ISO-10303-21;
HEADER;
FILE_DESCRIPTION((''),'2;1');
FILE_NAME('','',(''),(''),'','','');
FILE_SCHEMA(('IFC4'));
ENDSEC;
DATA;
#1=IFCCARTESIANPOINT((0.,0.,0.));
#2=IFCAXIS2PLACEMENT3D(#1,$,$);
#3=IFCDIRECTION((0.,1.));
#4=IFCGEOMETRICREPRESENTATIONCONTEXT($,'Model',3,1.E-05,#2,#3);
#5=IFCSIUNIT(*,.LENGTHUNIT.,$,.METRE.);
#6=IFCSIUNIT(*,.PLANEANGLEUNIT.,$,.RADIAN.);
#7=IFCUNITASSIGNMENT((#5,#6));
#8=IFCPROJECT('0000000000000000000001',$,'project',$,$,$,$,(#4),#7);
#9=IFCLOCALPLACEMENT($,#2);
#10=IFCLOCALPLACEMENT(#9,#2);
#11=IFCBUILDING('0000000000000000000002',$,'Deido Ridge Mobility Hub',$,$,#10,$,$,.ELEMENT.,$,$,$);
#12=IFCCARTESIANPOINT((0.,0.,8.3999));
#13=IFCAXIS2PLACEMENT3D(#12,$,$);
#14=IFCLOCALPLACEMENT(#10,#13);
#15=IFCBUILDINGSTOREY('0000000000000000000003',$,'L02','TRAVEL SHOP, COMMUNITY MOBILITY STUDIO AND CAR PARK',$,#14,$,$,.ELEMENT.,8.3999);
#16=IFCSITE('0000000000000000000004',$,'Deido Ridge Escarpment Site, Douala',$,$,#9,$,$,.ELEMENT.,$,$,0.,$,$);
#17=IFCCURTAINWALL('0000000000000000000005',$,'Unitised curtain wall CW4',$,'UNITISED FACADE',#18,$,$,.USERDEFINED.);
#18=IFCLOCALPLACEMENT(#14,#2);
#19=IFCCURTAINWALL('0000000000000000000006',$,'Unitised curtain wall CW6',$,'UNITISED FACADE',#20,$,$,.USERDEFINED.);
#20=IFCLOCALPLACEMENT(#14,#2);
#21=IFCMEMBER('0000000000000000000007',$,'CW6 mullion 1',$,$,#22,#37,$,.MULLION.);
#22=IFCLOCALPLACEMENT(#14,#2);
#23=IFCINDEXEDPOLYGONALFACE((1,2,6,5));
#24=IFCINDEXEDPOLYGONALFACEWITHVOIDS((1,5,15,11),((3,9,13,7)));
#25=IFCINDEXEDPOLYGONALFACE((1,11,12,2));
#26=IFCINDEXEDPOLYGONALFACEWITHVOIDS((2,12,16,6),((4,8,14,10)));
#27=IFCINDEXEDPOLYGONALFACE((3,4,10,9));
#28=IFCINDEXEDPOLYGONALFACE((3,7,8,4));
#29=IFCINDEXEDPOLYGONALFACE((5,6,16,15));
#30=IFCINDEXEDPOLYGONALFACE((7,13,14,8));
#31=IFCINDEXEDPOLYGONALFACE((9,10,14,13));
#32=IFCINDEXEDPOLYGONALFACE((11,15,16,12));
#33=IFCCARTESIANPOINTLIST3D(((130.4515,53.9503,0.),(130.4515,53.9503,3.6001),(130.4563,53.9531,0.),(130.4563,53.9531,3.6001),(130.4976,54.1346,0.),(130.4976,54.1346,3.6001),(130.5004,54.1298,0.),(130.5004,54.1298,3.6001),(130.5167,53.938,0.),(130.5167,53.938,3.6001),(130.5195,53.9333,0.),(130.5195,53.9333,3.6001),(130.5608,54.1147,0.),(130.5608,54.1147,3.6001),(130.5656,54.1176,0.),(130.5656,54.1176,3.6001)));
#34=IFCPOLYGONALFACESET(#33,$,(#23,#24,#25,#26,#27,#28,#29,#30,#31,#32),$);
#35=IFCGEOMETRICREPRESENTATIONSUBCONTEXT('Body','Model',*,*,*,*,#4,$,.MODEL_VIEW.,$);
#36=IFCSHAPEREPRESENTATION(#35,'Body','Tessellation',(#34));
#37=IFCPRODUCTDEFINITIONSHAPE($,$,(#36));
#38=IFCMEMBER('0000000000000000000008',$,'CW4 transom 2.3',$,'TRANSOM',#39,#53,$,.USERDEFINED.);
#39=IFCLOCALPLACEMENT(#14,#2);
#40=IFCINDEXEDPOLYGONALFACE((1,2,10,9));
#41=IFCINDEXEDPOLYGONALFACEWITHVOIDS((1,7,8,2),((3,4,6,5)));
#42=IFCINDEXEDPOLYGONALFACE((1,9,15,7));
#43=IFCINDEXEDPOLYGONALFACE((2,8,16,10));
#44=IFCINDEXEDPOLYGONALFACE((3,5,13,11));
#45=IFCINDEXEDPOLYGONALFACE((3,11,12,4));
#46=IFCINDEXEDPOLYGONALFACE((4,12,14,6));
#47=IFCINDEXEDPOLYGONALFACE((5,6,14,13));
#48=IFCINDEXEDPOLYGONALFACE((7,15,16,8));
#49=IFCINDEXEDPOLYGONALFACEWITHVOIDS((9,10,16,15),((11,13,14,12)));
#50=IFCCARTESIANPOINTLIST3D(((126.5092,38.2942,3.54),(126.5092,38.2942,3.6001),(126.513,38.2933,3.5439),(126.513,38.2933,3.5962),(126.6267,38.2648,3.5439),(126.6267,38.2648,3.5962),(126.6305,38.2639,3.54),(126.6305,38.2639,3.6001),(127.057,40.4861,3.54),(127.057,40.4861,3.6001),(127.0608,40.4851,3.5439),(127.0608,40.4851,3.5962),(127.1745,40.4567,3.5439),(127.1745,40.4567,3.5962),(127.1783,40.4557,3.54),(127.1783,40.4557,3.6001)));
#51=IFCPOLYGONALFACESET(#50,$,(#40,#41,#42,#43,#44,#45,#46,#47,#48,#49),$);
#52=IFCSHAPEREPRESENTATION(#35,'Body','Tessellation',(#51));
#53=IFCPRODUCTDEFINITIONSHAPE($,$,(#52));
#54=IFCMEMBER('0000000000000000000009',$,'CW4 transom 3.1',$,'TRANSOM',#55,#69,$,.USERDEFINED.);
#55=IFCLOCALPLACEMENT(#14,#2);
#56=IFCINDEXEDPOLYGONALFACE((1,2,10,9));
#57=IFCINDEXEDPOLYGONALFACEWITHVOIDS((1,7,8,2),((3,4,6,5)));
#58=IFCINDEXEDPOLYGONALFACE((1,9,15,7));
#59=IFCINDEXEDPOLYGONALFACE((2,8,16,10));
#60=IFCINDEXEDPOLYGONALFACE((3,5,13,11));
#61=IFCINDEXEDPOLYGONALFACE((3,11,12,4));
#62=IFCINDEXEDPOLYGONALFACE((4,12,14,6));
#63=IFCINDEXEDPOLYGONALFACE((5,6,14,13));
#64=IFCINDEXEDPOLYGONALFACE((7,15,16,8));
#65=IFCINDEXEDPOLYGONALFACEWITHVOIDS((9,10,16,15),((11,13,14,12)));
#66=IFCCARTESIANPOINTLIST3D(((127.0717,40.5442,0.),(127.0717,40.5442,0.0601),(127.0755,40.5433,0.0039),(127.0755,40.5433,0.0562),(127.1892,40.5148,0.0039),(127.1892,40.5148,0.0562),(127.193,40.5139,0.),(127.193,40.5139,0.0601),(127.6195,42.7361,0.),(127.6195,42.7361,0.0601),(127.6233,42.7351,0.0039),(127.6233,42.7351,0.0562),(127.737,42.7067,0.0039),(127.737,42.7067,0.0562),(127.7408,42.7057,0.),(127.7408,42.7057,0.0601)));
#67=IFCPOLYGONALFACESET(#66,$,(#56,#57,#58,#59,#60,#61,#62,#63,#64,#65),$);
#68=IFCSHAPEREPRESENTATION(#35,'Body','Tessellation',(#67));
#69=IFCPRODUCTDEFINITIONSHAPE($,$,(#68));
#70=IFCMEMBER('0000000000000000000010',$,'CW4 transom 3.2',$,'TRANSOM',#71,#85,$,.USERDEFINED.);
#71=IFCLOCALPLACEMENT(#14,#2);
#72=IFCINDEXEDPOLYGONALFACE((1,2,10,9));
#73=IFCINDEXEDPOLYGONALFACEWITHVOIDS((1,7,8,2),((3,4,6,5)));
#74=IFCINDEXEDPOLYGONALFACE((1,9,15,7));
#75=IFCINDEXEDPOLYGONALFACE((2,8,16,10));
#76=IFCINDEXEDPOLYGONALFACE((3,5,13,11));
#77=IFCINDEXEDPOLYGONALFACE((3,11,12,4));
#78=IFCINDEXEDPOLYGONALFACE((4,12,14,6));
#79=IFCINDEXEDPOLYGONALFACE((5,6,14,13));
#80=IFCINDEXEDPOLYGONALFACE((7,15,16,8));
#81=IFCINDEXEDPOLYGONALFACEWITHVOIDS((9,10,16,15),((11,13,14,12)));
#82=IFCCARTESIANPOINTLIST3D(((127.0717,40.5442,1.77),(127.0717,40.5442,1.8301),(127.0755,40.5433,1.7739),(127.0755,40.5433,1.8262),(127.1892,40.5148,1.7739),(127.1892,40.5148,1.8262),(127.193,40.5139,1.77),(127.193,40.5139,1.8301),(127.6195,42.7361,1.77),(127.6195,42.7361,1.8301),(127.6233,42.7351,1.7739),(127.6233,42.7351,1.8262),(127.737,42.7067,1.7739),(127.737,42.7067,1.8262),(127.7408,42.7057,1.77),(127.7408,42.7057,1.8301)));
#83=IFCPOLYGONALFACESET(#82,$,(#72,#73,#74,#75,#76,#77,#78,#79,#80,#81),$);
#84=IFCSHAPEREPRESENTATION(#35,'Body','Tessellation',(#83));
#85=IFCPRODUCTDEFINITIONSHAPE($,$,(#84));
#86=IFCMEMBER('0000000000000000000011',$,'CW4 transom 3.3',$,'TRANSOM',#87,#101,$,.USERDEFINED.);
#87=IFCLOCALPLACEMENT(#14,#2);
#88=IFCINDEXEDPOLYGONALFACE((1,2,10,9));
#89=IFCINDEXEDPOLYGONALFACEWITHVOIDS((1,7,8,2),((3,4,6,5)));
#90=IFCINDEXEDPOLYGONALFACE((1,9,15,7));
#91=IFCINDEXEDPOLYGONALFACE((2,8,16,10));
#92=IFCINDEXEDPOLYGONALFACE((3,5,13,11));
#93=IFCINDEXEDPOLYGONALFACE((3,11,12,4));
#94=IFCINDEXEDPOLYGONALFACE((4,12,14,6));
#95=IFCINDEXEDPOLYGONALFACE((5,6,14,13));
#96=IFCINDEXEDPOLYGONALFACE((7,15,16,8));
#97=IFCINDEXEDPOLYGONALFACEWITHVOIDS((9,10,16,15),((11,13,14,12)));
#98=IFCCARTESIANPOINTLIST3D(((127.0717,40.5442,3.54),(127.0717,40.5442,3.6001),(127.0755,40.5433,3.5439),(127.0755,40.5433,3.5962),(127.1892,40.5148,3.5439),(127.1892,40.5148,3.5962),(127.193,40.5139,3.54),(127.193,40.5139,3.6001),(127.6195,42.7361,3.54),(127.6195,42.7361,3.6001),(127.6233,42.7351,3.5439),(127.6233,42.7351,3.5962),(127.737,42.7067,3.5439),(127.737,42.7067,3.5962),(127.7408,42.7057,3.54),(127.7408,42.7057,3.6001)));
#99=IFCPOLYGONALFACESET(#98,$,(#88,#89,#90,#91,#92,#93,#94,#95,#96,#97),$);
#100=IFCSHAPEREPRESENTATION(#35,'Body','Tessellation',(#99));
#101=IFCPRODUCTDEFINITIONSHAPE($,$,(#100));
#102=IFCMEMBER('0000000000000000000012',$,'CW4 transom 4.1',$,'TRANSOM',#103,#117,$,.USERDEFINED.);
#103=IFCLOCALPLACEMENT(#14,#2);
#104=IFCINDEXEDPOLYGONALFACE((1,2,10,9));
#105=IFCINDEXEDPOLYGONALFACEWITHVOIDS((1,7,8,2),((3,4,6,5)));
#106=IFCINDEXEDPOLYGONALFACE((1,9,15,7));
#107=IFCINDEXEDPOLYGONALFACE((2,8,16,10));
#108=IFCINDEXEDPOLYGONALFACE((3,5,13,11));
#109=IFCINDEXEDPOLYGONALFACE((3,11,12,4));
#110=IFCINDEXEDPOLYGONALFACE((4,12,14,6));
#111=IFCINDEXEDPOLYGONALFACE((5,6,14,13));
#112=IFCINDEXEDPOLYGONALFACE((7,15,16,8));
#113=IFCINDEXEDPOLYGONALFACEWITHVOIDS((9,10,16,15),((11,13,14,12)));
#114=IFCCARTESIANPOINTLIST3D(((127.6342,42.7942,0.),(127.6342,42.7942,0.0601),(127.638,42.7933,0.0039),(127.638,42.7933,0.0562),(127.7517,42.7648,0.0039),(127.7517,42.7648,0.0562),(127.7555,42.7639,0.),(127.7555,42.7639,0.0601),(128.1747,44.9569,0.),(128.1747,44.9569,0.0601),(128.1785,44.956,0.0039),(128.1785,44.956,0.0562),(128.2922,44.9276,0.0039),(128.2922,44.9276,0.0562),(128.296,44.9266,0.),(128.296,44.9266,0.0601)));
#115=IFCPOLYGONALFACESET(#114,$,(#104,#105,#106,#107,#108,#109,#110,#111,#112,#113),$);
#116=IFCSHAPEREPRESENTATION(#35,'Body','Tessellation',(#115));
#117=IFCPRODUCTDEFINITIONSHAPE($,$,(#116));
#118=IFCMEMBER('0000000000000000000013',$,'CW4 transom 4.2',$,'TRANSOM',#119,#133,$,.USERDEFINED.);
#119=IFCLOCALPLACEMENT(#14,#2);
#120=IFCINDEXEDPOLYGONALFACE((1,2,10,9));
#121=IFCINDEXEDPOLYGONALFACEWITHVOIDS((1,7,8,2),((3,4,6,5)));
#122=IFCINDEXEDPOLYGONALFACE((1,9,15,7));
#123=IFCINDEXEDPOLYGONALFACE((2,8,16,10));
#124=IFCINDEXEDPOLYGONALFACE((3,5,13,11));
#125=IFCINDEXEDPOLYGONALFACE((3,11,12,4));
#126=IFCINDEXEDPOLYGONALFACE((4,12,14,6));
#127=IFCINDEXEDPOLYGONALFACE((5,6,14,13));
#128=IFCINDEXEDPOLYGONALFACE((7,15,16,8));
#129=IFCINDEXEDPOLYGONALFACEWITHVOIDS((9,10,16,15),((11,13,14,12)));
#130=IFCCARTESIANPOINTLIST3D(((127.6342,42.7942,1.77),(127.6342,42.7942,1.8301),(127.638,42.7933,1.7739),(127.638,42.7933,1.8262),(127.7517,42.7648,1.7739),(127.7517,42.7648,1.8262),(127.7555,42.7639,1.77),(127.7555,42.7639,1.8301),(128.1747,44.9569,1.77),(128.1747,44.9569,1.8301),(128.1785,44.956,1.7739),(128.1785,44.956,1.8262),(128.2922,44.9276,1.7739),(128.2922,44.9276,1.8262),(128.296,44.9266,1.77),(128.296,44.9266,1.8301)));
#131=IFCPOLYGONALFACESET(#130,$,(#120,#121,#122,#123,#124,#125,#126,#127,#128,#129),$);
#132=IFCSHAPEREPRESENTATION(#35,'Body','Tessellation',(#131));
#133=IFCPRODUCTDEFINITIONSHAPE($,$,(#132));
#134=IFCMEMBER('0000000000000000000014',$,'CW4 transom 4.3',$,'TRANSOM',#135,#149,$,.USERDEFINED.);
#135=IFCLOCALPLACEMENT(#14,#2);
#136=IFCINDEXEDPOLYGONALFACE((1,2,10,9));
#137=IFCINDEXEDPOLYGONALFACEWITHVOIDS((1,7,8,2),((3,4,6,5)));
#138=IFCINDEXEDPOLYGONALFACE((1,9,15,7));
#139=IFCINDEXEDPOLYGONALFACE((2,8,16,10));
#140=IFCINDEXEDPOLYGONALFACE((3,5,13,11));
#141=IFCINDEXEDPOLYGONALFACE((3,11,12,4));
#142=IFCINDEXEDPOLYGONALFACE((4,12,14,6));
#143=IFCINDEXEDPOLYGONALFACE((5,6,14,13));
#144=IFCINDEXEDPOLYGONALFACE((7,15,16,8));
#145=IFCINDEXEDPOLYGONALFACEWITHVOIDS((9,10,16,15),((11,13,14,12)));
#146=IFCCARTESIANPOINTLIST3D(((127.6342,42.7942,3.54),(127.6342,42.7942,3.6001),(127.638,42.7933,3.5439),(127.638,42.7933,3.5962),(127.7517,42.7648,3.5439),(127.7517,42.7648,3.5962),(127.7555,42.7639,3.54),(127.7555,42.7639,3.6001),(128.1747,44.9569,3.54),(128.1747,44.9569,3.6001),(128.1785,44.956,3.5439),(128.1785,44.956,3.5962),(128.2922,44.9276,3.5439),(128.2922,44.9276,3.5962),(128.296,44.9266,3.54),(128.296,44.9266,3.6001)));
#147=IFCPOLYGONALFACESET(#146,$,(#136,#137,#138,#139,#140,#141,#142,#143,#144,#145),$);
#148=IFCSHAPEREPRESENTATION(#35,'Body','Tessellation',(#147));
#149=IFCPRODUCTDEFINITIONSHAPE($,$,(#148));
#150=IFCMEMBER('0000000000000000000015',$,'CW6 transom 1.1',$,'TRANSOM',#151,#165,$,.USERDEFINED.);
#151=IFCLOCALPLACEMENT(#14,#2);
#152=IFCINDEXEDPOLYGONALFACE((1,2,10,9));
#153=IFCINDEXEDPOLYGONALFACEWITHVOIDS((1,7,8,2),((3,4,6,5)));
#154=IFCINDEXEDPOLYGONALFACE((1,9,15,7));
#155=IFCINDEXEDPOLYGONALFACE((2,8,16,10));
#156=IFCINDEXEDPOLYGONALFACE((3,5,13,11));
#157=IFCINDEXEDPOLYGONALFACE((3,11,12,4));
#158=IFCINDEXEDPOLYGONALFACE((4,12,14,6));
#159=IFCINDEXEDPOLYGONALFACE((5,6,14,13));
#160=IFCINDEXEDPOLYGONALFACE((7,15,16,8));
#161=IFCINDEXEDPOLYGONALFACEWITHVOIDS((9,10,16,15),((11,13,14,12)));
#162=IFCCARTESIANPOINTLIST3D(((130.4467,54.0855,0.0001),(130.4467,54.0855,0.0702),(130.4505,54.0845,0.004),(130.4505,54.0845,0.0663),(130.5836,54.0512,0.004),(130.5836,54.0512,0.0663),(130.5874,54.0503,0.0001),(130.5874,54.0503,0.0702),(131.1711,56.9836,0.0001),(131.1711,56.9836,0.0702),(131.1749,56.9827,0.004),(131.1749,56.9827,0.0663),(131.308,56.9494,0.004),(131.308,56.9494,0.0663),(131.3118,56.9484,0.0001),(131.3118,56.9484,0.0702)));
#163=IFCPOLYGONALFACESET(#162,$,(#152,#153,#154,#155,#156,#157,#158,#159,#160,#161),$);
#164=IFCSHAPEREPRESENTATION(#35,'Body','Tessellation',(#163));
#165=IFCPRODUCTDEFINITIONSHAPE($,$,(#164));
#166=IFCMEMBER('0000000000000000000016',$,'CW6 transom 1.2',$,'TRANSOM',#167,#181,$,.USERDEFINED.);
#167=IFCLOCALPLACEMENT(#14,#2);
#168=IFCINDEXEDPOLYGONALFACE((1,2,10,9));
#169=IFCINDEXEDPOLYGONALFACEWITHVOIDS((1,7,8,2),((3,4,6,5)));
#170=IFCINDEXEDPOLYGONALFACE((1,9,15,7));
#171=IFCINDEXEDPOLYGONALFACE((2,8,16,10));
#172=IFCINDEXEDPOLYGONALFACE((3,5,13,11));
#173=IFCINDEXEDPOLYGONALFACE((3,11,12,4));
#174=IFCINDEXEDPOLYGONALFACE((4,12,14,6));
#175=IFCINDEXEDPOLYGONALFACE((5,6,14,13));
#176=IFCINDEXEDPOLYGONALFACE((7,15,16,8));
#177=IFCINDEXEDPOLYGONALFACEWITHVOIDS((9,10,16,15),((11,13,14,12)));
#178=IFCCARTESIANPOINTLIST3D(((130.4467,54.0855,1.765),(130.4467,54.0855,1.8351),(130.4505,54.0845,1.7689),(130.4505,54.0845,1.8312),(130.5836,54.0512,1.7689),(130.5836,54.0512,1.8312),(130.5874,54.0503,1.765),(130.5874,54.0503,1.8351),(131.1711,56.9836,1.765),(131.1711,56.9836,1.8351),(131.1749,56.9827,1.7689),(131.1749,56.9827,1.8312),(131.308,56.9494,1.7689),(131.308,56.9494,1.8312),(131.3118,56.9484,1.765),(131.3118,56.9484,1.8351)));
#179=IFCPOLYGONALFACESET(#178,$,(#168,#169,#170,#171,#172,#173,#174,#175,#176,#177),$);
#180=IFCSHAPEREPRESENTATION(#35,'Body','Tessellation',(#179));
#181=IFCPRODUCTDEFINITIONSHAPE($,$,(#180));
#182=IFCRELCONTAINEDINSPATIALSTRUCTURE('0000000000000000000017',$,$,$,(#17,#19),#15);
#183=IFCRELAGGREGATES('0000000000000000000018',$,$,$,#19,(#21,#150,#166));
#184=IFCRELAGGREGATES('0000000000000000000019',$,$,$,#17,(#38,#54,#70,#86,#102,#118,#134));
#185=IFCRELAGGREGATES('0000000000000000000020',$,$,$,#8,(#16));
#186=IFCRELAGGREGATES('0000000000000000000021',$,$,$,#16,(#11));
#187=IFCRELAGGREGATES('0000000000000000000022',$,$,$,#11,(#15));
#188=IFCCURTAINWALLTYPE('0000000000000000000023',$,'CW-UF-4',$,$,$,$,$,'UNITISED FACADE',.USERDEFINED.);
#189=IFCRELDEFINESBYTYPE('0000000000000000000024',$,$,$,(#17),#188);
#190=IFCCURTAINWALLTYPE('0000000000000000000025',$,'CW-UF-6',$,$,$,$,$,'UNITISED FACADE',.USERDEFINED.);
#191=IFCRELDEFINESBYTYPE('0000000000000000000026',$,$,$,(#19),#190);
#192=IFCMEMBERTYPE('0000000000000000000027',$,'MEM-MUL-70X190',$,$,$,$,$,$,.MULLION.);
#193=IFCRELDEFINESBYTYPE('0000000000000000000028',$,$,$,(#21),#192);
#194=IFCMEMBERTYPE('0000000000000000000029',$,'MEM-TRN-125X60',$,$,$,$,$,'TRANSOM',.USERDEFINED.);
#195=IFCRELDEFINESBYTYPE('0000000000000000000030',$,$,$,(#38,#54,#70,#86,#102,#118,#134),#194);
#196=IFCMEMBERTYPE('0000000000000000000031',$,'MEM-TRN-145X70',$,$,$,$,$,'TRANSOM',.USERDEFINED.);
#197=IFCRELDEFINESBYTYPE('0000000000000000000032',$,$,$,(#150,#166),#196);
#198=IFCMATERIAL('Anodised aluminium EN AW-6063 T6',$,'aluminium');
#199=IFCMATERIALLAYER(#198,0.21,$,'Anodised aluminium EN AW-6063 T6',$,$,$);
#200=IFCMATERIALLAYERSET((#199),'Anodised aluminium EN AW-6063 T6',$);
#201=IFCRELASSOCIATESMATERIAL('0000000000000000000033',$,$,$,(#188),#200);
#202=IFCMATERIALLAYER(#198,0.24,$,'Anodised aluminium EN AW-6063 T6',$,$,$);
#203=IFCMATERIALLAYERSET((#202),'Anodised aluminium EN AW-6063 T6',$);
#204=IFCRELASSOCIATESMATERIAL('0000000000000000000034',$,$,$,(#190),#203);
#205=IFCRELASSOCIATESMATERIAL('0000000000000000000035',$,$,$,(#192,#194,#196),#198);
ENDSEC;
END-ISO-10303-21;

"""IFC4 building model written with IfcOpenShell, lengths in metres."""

from ifc_helpers import new_model, si_unit, direction, frame, origin, origin_2d, place, context, subcontext, project, spatial, hollow_rectangle, extrude, material, layer, layer_set, material_profile, profile_set, type_object, element, aggregate, save


model = new_model("IFC4")

# Units and contexts
model_context = context("Model", 3, precision=1e-05, world=origin(), true_north=direction((0.0, 1.0)))
body_context = subcontext(model_context, "Body", "Model", "MODEL_VIEW")
ifc_project = project(units=[si_unit("LENGTHUNIT", "METRE"), si_unit("PLANEANGLEUNIT", "RADIAN")], contexts=[model_context])

# Site, building, storey
site_placement = place(None, origin())
site = spatial("IfcSite", under=ifc_project, at=site_placement, Name="Deido Ridge Escarpment Site, Douala", CompositionType="ELEMENT", RefElevation=0.0)
building_placement = place(site_placement, origin())
building = spatial("IfcBuilding", under=site, at=building_placement, Name="Deido Ridge Mobility Hub", CompositionType="ELEMENT")
storey_placement = place(building_placement, frame((0.0, 0.0, 8.3999)))
storey = spatial("IfcBuildingStorey", under=building, at=storey_placement, Name="L02", Description="TRAVEL SHOP, COMMUNITY MOBILITY STUDIO AND CAR PARK", CompositionType="ELEMENT", Elevation=8.3999)

# Curtain wall
ifc_material_1 = material(Name="Anodised aluminium EN AW-6063 T6", Category="aluminium")
ifc_layer_1 = layer(ifc_material_1, 0.21, Name="Anodised aluminium EN AW-6063 T6")
ifc_layer_set_1 = layer_set([ifc_layer_1], Name="Anodised aluminium EN AW-6063 T6")
curtain_wall_type_1 = type_object("IfcCurtainWallType", Name="CW-UF-4", ElementType="UNITISED FACADE", PredefinedType="USERDEFINED", material=ifc_layer_set_1)
curtain_wall_1_placement = place(storey_placement, origin())
curtain_wall_1 = element("IfcCurtainWall", 1, at=curtain_wall_1_placement, inside=storey, type_object=curtain_wall_type_1, Name="Unitised curtain wall CW4", ObjectType="UNITISED FACADE", PredefinedType="USERDEFINED")

# Curtain wall, member
ifc_layer_2 = layer(ifc_material_1, 0.24, Name="Anodised aluminium EN AW-6063 T6")
ifc_layer_set_2 = layer_set([ifc_layer_2], Name="Anodised aluminium EN AW-6063 T6")
curtain_wall_type_2 = type_object("IfcCurtainWallType", Name="CW-UF-6", ElementType="UNITISED FACADE", PredefinedType="USERDEFINED", material=ifc_layer_set_2)
curtain_wall_2_placement = place(storey_placement, origin())
curtain_wall_2 = element("IfcCurtainWall", 2, at=curtain_wall_2_placement, inside=storey, type_object=curtain_wall_type_2, Name="Unitised curtain wall CW6", ObjectType="UNITISED FACADE", PredefinedType="USERDEFINED")
ifc_material_profile_1 = material_profile(ifc_material_1, hollow_rectangle(XDim=0.0701, YDim=0.1899, WallThickness=0.0039, at=origin_2d()), Name="RHS 70x190x4")
ifc_profile_set_1 = profile_set([ifc_material_profile_1], Name="Anodised aluminium EN AW-6063 T6")
member_type_1 = type_object("IfcMemberType", Name="MEM-MUL-70X190", PredefinedType="MULLION", material=ifc_profile_set_1)
member_1_placement = place(storey_placement, frame((130.5085, 54.0339, 0.0), z_axis=(0.0, 0.0, 1.0), x_axis=(-0.970143, 0.242536, 0.0)))
member_1 = element("IfcMember", 3, at=member_1_placement, type_object=member_type_1, Name="CW6 mullion 1", PredefinedType="MULLION", context=body_context, shape_type="SweptSolid", body=[
    extrude(hollow_rectangle(XDim=0.0701, YDim=0.1899, WallThickness=0.0039, at=origin_2d()), origin(), (0.0, 0.0, 1.0), 3.6001),
])

# Members
ifc_material_profile_2 = material_profile(ifc_material_1, hollow_rectangle(XDim=0.125, YDim=0.0601, WallThickness=0.0039, at=origin_2d()), Name="RHS 125x60x4")
ifc_profile_set_2 = profile_set([ifc_material_profile_2], Name="Anodised aluminium EN AW-6063 T6")
member_type_2 = type_object("IfcMemberType", Name="MEM-TRN-125X60", ElementType="TRANSOM", PredefinedType="USERDEFINED", material=ifc_profile_set_2)
member_2_placement = place(storey_placement, frame((126.5698, 38.2791, 3.5701), z_axis=(0.242485, 0.970155, 0.0), x_axis=(-0.970155, 0.242485, 0.0)))
member_2 = element("IfcMember", 4, at=member_2_placement, type_object=member_type_2, Name="CW4 transom 2.3", ObjectType="TRANSOM", PredefinedType="USERDEFINED", context=body_context, shape_type="SweptSolid", body=[
    extrude(hollow_rectangle(XDim=0.125, YDim=0.0601, WallThickness=0.0039, at=origin_2d()), origin(), (0.0, 0.0, 1.0), 2.2593),
])
member_3_placement = place(storey_placement, frame((127.1323, 40.5291, 0.03), z_axis=(0.242485, 0.970155, 0.0), x_axis=(-0.970155, 0.242485, 0.0)))
member_3 = element("IfcMember", 5, at=member_3_placement, type_object=member_type_2, Name="CW4 transom 3.1", ObjectType="TRANSOM", PredefinedType="USERDEFINED", context=body_context, shape_type="SweptSolid", body=[
    extrude(hollow_rectangle(XDim=0.125, YDim=0.0601, WallThickness=0.0039, at=origin_2d()), origin(), (0.0, 0.0, 1.0), 2.2593),
])
member_4_placement = place(storey_placement, frame((127.1323, 40.5291, 1.8), z_axis=(0.242485, 0.970155, 0.0), x_axis=(-0.970155, 0.242485, 0.0)))
member_4 = element("IfcMember", 6, at=member_4_placement, type_object=member_type_2, Name="CW4 transom 3.2", ObjectType="TRANSOM", PredefinedType="USERDEFINED", context=body_context, shape_type="SweptSolid", body=[
    extrude(hollow_rectangle(XDim=0.125, YDim=0.0601, WallThickness=0.0039, at=origin_2d()), origin(), (0.0, 0.0, 1.0), 2.2593),
])
member_5_placement = place(storey_placement, frame((127.1323, 40.5291, 3.5701), z_axis=(0.242485, 0.970155, 0.0), x_axis=(-0.970155, 0.242485, 0.0)))
member_5 = element("IfcMember", 7, at=member_5_placement, type_object=member_type_2, Name="CW4 transom 3.3", ObjectType="TRANSOM", PredefinedType="USERDEFINED", context=body_context, shape_type="SweptSolid", body=[
    extrude(hollow_rectangle(XDim=0.125, YDim=0.0601, WallThickness=0.0039, at=origin_2d()), origin(), (0.0, 0.0, 1.0), 2.2593),
])
member_6_placement = place(storey_placement, frame((127.6948, 42.7791, 0.03), z_axis=(0.242458, 0.970162, 0.0), x_axis=(-0.970162, 0.242458, 0.0)))
member_6 = element("IfcMember", 8, at=member_6_placement, type_object=member_type_2, Name="CW4 transom 4.1", ObjectType="TRANSOM", PredefinedType="USERDEFINED", context=body_context, shape_type="SweptSolid", body=[
    extrude(hollow_rectangle(XDim=0.125, YDim=0.0601, WallThickness=0.0039, at=origin_2d()), origin(), (0.0, 0.0, 1.0), 2.2292),
])
member_7_placement = place(storey_placement, frame((127.6948, 42.7791, 1.8), z_axis=(0.242458, 0.970162, 0.0), x_axis=(-0.970162, 0.242458, 0.0)))
member_7 = element("IfcMember", 9, at=member_7_placement, type_object=member_type_2, Name="CW4 transom 4.2", ObjectType="TRANSOM", PredefinedType="USERDEFINED", context=body_context, shape_type="SweptSolid", body=[
    extrude(hollow_rectangle(XDim=0.125, YDim=0.0601, WallThickness=0.0039, at=origin_2d()), origin(), (0.0, 0.0, 1.0), 2.2292),
])
member_8_placement = place(storey_placement, frame((127.6948, 42.7791, 3.5701), z_axis=(0.242458, 0.970162, 0.0), x_axis=(-0.970162, 0.242458, 0.0)))
member_8 = element("IfcMember", 10, at=member_8_placement, type_object=member_type_2, Name="CW4 transom 4.3", ObjectType="TRANSOM", PredefinedType="USERDEFINED", context=body_context, shape_type="SweptSolid", body=[
    extrude(hollow_rectangle(XDim=0.125, YDim=0.0601, WallThickness=0.0039, at=origin_2d()), origin(), (0.0, 0.0, 1.0), 2.2292),
])
ifc_material_profile_3 = material_profile(ifc_material_1, hollow_rectangle(XDim=0.145, YDim=0.0701, WallThickness=0.0039, at=origin_2d()), Name="RHS 145x70x4")
ifc_profile_set_3 = profile_set([ifc_material_profile_3], Name="Anodised aluminium EN AW-6063 T6")
member_type_3 = type_object("IfcMemberType", Name="MEM-TRN-145X70", ElementType="TRANSOM", PredefinedType="USERDEFINED", material=ifc_profile_set_3)
member_9_placement = place(storey_placement, frame((130.5171, 54.0679, 0.0352), z_axis=(0.242478, 0.970157, 0.0), x_axis=(-0.970157, 0.242478, 0.0)))
member_9 = element("IfcMember", 11, at=member_9_placement, type_object=member_type_3, Name="CW6 transom 1.1", ObjectType="TRANSOM", PredefinedType="USERDEFINED", context=body_context, shape_type="SweptSolid", body=[
    extrude(hollow_rectangle(XDim=0.145, YDim=0.0701, WallThickness=0.0039, at=origin_2d()), origin(), (0.0, 0.0, 1.0), 2.9873),
])
member_10_placement = place(storey_placement, frame((130.5171, 54.0679, 1.8), z_axis=(0.242478, 0.970157, 0.0), x_axis=(-0.970157, 0.242478, 0.0)))
member_10 = element("IfcMember", 12, at=member_10_placement, type_object=member_type_3, Name="CW6 transom 1.2", ObjectType="TRANSOM", PredefinedType="USERDEFINED", context=body_context, shape_type="SweptSolid", body=[
    extrude(hollow_rectangle(XDim=0.145, YDim=0.0701, WallThickness=0.0039, at=origin_2d()), origin(), (0.0, 0.0, 1.0), 2.9873),
])
aggregate(curtain_wall_2, [member_1, member_9, member_10])

aggregate(curtain_wall_1, [member_2, member_3, member_4, member_5, member_6, member_7, member_8])

save(model, "model.ifc")
